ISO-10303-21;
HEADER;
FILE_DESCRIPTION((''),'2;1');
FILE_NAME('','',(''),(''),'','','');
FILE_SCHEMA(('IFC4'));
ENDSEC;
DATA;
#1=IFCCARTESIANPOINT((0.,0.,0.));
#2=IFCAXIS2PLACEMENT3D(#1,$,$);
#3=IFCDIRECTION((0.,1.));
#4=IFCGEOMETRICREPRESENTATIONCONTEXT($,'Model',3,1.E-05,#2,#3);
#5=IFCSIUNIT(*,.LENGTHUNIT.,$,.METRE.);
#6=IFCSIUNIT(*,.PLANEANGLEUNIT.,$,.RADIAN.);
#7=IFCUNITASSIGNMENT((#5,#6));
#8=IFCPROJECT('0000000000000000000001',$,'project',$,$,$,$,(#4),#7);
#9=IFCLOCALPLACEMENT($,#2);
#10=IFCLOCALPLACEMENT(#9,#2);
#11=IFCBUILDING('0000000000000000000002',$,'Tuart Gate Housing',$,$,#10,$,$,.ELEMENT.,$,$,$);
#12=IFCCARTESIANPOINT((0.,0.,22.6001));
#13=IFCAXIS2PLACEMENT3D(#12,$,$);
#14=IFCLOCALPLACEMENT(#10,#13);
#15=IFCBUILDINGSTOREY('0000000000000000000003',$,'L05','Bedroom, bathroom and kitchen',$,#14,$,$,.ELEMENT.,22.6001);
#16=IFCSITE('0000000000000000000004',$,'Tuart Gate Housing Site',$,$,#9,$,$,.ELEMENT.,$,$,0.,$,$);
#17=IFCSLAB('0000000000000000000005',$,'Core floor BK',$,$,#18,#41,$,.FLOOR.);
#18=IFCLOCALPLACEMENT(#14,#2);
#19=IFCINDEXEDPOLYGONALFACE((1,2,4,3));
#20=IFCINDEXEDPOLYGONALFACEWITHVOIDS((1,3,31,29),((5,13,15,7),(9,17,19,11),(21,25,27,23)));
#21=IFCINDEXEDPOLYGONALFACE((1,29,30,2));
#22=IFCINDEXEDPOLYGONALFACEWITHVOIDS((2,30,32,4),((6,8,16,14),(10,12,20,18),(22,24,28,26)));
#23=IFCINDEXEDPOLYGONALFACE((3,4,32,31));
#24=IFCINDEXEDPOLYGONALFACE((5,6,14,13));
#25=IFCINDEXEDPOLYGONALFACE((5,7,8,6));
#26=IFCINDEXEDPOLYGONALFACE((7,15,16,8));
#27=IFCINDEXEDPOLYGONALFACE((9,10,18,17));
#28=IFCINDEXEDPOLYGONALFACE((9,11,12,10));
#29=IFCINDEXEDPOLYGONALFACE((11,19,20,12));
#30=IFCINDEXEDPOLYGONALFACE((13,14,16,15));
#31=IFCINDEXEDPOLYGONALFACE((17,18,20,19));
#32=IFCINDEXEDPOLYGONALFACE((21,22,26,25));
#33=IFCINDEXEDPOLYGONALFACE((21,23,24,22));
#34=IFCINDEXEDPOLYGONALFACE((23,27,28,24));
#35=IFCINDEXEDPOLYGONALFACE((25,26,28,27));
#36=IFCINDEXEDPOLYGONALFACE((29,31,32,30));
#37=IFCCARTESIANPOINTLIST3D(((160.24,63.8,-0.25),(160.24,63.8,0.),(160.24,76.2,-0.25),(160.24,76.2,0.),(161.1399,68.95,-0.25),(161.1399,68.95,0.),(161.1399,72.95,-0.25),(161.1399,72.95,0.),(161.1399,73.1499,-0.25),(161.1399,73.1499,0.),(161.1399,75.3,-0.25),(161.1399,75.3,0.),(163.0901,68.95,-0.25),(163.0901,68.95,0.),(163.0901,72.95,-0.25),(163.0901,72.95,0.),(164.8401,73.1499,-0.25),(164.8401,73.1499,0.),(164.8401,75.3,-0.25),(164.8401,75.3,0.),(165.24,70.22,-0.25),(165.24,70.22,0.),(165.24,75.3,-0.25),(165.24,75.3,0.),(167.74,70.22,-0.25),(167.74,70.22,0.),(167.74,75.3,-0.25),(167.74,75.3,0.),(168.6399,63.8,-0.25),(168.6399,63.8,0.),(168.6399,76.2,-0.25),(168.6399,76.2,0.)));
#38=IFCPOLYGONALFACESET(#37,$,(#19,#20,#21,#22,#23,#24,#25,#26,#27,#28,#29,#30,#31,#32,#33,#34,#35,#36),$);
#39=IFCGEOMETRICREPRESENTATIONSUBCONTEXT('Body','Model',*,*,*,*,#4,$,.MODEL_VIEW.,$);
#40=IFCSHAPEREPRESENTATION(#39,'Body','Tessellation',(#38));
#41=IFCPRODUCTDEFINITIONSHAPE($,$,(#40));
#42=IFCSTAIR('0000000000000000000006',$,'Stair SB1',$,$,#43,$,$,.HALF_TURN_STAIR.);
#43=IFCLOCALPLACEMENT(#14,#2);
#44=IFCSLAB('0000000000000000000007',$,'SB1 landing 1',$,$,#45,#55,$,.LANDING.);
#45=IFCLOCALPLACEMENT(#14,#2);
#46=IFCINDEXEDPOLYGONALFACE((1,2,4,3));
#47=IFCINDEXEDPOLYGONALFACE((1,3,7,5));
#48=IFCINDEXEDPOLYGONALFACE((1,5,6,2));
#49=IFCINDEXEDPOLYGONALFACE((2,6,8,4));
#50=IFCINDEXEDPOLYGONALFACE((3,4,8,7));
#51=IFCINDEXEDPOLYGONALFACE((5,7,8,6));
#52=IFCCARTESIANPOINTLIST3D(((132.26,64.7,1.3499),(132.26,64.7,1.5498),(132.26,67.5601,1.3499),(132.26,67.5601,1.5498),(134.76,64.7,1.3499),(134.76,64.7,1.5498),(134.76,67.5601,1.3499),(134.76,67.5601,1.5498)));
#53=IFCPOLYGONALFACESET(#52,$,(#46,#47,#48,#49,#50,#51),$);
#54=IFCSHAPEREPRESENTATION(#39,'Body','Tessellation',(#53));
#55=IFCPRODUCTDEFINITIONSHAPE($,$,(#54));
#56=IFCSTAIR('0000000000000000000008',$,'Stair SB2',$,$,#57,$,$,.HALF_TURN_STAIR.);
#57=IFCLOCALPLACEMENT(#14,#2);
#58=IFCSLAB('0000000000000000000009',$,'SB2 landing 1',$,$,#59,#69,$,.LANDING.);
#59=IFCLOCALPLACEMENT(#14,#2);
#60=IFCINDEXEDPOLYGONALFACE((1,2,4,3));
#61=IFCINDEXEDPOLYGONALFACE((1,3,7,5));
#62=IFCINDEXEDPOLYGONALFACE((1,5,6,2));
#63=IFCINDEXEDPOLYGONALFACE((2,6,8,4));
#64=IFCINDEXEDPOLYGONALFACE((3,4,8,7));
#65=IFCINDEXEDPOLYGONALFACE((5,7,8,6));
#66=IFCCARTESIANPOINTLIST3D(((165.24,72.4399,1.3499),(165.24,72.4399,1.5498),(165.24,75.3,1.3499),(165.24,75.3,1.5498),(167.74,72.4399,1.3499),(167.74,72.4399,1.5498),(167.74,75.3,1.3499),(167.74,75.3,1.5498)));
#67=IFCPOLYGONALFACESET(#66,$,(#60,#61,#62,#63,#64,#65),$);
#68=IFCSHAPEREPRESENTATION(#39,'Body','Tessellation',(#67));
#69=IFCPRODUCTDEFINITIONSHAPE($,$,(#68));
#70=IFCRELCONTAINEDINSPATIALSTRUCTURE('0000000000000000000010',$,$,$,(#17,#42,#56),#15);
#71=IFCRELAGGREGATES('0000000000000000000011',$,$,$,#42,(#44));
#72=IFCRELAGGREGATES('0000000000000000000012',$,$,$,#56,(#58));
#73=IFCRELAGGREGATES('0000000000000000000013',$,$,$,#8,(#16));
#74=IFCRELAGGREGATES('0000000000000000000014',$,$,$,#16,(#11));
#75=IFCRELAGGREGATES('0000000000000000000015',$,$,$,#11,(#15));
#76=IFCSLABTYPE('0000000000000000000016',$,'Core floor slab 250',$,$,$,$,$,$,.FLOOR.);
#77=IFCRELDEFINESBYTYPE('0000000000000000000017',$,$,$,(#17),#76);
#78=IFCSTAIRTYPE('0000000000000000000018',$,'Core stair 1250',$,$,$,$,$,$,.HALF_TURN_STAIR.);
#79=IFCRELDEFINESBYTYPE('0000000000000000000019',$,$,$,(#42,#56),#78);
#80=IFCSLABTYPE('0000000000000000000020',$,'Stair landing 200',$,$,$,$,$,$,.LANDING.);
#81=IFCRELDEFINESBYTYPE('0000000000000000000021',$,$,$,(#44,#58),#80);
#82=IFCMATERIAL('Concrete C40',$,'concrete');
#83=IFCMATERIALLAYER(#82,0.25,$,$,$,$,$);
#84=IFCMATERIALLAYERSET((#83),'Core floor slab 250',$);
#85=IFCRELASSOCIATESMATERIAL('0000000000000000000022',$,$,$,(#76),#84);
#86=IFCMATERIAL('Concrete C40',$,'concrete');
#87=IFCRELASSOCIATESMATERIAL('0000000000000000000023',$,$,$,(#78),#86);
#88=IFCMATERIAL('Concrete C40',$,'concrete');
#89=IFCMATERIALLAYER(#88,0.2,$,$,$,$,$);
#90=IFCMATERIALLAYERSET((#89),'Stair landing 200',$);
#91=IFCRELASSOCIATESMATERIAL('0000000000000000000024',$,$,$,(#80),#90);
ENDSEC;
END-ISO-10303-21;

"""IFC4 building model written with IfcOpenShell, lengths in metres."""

from ifc_helpers import new_model, si_unit, direction, frame, origin, place, context, subcontext, project, spatial, polyline, outline, extrude, material, layer, layer_set, type_object, element, aggregate, save


model = new_model("IFC4")

# Units and contexts
model_context = context("Model", 3, precision=1e-05, world=origin(), true_north=direction((0.0, 1.0)))
body_context = subcontext(model_context, "Body", "Model", "MODEL_VIEW")
ifc_project = project(units=[si_unit("LENGTHUNIT", "METRE"), si_unit("PLANEANGLEUNIT", "RADIAN")], contexts=[model_context])

# Site, building, storey
site_placement = place(None, origin())
site = spatial("IfcSite", under=ifc_project, at=site_placement, Name="Tuart Gate Housing Site", CompositionType="ELEMENT", RefElevation=0.0)
building_placement = place(site_placement, origin())
building = spatial("IfcBuilding", under=site, at=building_placement, Name="Tuart Gate Housing", CompositionType="ELEMENT")
storey_placement = place(building_placement, frame((0.0, 0.0, 22.6001)))
storey = spatial("IfcBuildingStorey", under=building, at=storey_placement, Name="L05", Description="Bedroom, bathroom and kitchen", CompositionType="ELEMENT", Elevation=22.6001)

# Slab
ifc_material_1 = material(Name="Concrete C40", Category="concrete")
ifc_layer_1 = layer(ifc_material_1, 0.25)
ifc_layer_set_1 = layer_set([ifc_layer_1], Name="Core floor slab 250")
slab_type_1 = type_object("IfcSlabType", Name="Core floor slab 250", PredefinedType="FLOOR", material=ifc_layer_set_1)
slab_1_placement = place(storey_placement, frame((0.0, 0.0, -0.25)))
element("IfcSlab", 1, at=slab_1_placement, inside=storey, type_object=slab_type_1, Name="Core floor BK", PredefinedType="FLOOR", context=body_context, shape_type="SweptSolid", body=[
    extrude(outline(polyline([(160.24, 63.8), (168.6399, 63.8), (168.6399, 76.2), (160.24, 76.2), (160.24, 63.8)]), holes=[polyline([(161.1399, 73.1499), (164.8401, 73.1499), (164.8401, 75.3), (161.1399, 75.3), (161.1399, 73.1499)]), polyline([(161.1399, 68.95), (163.0901, 68.95), (163.0901, 72.95), (161.1399, 72.95), (161.1399, 68.95)]), polyline([(165.24, 70.22), (167.74, 70.22), (167.74, 75.3), (165.24, 75.3), (165.24, 70.22)])]), origin(), (0.0, 0.0, 1.0), 0.25),
])

# Stairs, slabs
ifc_material_2 = material(Name="Concrete C40", Category="concrete")
stair_type = type_object("IfcStairType", Name="Core stair 1250", PredefinedType="HALF_TURN_STAIR", material=ifc_material_2)
stair_1_placement = place(storey_placement, origin())
stair_1 = element("IfcStair", 2, at=stair_1_placement, inside=storey, type_object=stair_type, Name="Stair SB1", PredefinedType="HALF_TURN_STAIR")
ifc_material_3 = material(Name="Concrete C40", Category="concrete")
ifc_layer_2 = layer(ifc_material_3, 0.2)
ifc_layer_set_2 = layer_set([ifc_layer_2], Name="Stair landing 200")
slab_type_2 = type_object("IfcSlabType", Name="Stair landing 200", PredefinedType="LANDING", material=ifc_layer_set_2)
slab_2_placement = place(storey_placement, frame((0.0, 0.0, 1.3499)))
slab_2 = element("IfcSlab", 3, at=slab_2_placement, type_object=slab_type_2, Name="SB1 landing 1", PredefinedType="LANDING", context=body_context, shape_type="SweptSolid", body=[
    extrude(outline(polyline([(134.76, 67.5601), (132.26, 67.5601), (132.26, 64.7), (134.76, 64.7), (134.76, 67.5601)])), origin(), (0.0, 0.0, 1.0), 0.2),
])
aggregate(stair_1, [slab_2])
stair_2_placement = place(storey_placement, origin())
stair_2 = element("IfcStair", 4, at=stair_2_placement, inside=storey, type_object=stair_type, Name="Stair SB2", PredefinedType="HALF_TURN_STAIR")
slab_3_placement = place(storey_placement, frame((0.0, 0.0, 1.3499)))
slab_3 = element("IfcSlab", 5, at=slab_3_placement, type_object=slab_type_2, Name="SB2 landing 1", PredefinedType="LANDING", context=body_context, shape_type="SweptSolid", body=[
    extrude(outline(polyline([(165.24, 72.4399), (167.74, 72.4399), (167.74, 75.3), (165.24, 75.3), (165.24, 72.4399)])), origin(), (0.0, 0.0, 1.0), 0.2),
])
aggregate(stair_2, [slab_3])

save(model, "model.ifc")
